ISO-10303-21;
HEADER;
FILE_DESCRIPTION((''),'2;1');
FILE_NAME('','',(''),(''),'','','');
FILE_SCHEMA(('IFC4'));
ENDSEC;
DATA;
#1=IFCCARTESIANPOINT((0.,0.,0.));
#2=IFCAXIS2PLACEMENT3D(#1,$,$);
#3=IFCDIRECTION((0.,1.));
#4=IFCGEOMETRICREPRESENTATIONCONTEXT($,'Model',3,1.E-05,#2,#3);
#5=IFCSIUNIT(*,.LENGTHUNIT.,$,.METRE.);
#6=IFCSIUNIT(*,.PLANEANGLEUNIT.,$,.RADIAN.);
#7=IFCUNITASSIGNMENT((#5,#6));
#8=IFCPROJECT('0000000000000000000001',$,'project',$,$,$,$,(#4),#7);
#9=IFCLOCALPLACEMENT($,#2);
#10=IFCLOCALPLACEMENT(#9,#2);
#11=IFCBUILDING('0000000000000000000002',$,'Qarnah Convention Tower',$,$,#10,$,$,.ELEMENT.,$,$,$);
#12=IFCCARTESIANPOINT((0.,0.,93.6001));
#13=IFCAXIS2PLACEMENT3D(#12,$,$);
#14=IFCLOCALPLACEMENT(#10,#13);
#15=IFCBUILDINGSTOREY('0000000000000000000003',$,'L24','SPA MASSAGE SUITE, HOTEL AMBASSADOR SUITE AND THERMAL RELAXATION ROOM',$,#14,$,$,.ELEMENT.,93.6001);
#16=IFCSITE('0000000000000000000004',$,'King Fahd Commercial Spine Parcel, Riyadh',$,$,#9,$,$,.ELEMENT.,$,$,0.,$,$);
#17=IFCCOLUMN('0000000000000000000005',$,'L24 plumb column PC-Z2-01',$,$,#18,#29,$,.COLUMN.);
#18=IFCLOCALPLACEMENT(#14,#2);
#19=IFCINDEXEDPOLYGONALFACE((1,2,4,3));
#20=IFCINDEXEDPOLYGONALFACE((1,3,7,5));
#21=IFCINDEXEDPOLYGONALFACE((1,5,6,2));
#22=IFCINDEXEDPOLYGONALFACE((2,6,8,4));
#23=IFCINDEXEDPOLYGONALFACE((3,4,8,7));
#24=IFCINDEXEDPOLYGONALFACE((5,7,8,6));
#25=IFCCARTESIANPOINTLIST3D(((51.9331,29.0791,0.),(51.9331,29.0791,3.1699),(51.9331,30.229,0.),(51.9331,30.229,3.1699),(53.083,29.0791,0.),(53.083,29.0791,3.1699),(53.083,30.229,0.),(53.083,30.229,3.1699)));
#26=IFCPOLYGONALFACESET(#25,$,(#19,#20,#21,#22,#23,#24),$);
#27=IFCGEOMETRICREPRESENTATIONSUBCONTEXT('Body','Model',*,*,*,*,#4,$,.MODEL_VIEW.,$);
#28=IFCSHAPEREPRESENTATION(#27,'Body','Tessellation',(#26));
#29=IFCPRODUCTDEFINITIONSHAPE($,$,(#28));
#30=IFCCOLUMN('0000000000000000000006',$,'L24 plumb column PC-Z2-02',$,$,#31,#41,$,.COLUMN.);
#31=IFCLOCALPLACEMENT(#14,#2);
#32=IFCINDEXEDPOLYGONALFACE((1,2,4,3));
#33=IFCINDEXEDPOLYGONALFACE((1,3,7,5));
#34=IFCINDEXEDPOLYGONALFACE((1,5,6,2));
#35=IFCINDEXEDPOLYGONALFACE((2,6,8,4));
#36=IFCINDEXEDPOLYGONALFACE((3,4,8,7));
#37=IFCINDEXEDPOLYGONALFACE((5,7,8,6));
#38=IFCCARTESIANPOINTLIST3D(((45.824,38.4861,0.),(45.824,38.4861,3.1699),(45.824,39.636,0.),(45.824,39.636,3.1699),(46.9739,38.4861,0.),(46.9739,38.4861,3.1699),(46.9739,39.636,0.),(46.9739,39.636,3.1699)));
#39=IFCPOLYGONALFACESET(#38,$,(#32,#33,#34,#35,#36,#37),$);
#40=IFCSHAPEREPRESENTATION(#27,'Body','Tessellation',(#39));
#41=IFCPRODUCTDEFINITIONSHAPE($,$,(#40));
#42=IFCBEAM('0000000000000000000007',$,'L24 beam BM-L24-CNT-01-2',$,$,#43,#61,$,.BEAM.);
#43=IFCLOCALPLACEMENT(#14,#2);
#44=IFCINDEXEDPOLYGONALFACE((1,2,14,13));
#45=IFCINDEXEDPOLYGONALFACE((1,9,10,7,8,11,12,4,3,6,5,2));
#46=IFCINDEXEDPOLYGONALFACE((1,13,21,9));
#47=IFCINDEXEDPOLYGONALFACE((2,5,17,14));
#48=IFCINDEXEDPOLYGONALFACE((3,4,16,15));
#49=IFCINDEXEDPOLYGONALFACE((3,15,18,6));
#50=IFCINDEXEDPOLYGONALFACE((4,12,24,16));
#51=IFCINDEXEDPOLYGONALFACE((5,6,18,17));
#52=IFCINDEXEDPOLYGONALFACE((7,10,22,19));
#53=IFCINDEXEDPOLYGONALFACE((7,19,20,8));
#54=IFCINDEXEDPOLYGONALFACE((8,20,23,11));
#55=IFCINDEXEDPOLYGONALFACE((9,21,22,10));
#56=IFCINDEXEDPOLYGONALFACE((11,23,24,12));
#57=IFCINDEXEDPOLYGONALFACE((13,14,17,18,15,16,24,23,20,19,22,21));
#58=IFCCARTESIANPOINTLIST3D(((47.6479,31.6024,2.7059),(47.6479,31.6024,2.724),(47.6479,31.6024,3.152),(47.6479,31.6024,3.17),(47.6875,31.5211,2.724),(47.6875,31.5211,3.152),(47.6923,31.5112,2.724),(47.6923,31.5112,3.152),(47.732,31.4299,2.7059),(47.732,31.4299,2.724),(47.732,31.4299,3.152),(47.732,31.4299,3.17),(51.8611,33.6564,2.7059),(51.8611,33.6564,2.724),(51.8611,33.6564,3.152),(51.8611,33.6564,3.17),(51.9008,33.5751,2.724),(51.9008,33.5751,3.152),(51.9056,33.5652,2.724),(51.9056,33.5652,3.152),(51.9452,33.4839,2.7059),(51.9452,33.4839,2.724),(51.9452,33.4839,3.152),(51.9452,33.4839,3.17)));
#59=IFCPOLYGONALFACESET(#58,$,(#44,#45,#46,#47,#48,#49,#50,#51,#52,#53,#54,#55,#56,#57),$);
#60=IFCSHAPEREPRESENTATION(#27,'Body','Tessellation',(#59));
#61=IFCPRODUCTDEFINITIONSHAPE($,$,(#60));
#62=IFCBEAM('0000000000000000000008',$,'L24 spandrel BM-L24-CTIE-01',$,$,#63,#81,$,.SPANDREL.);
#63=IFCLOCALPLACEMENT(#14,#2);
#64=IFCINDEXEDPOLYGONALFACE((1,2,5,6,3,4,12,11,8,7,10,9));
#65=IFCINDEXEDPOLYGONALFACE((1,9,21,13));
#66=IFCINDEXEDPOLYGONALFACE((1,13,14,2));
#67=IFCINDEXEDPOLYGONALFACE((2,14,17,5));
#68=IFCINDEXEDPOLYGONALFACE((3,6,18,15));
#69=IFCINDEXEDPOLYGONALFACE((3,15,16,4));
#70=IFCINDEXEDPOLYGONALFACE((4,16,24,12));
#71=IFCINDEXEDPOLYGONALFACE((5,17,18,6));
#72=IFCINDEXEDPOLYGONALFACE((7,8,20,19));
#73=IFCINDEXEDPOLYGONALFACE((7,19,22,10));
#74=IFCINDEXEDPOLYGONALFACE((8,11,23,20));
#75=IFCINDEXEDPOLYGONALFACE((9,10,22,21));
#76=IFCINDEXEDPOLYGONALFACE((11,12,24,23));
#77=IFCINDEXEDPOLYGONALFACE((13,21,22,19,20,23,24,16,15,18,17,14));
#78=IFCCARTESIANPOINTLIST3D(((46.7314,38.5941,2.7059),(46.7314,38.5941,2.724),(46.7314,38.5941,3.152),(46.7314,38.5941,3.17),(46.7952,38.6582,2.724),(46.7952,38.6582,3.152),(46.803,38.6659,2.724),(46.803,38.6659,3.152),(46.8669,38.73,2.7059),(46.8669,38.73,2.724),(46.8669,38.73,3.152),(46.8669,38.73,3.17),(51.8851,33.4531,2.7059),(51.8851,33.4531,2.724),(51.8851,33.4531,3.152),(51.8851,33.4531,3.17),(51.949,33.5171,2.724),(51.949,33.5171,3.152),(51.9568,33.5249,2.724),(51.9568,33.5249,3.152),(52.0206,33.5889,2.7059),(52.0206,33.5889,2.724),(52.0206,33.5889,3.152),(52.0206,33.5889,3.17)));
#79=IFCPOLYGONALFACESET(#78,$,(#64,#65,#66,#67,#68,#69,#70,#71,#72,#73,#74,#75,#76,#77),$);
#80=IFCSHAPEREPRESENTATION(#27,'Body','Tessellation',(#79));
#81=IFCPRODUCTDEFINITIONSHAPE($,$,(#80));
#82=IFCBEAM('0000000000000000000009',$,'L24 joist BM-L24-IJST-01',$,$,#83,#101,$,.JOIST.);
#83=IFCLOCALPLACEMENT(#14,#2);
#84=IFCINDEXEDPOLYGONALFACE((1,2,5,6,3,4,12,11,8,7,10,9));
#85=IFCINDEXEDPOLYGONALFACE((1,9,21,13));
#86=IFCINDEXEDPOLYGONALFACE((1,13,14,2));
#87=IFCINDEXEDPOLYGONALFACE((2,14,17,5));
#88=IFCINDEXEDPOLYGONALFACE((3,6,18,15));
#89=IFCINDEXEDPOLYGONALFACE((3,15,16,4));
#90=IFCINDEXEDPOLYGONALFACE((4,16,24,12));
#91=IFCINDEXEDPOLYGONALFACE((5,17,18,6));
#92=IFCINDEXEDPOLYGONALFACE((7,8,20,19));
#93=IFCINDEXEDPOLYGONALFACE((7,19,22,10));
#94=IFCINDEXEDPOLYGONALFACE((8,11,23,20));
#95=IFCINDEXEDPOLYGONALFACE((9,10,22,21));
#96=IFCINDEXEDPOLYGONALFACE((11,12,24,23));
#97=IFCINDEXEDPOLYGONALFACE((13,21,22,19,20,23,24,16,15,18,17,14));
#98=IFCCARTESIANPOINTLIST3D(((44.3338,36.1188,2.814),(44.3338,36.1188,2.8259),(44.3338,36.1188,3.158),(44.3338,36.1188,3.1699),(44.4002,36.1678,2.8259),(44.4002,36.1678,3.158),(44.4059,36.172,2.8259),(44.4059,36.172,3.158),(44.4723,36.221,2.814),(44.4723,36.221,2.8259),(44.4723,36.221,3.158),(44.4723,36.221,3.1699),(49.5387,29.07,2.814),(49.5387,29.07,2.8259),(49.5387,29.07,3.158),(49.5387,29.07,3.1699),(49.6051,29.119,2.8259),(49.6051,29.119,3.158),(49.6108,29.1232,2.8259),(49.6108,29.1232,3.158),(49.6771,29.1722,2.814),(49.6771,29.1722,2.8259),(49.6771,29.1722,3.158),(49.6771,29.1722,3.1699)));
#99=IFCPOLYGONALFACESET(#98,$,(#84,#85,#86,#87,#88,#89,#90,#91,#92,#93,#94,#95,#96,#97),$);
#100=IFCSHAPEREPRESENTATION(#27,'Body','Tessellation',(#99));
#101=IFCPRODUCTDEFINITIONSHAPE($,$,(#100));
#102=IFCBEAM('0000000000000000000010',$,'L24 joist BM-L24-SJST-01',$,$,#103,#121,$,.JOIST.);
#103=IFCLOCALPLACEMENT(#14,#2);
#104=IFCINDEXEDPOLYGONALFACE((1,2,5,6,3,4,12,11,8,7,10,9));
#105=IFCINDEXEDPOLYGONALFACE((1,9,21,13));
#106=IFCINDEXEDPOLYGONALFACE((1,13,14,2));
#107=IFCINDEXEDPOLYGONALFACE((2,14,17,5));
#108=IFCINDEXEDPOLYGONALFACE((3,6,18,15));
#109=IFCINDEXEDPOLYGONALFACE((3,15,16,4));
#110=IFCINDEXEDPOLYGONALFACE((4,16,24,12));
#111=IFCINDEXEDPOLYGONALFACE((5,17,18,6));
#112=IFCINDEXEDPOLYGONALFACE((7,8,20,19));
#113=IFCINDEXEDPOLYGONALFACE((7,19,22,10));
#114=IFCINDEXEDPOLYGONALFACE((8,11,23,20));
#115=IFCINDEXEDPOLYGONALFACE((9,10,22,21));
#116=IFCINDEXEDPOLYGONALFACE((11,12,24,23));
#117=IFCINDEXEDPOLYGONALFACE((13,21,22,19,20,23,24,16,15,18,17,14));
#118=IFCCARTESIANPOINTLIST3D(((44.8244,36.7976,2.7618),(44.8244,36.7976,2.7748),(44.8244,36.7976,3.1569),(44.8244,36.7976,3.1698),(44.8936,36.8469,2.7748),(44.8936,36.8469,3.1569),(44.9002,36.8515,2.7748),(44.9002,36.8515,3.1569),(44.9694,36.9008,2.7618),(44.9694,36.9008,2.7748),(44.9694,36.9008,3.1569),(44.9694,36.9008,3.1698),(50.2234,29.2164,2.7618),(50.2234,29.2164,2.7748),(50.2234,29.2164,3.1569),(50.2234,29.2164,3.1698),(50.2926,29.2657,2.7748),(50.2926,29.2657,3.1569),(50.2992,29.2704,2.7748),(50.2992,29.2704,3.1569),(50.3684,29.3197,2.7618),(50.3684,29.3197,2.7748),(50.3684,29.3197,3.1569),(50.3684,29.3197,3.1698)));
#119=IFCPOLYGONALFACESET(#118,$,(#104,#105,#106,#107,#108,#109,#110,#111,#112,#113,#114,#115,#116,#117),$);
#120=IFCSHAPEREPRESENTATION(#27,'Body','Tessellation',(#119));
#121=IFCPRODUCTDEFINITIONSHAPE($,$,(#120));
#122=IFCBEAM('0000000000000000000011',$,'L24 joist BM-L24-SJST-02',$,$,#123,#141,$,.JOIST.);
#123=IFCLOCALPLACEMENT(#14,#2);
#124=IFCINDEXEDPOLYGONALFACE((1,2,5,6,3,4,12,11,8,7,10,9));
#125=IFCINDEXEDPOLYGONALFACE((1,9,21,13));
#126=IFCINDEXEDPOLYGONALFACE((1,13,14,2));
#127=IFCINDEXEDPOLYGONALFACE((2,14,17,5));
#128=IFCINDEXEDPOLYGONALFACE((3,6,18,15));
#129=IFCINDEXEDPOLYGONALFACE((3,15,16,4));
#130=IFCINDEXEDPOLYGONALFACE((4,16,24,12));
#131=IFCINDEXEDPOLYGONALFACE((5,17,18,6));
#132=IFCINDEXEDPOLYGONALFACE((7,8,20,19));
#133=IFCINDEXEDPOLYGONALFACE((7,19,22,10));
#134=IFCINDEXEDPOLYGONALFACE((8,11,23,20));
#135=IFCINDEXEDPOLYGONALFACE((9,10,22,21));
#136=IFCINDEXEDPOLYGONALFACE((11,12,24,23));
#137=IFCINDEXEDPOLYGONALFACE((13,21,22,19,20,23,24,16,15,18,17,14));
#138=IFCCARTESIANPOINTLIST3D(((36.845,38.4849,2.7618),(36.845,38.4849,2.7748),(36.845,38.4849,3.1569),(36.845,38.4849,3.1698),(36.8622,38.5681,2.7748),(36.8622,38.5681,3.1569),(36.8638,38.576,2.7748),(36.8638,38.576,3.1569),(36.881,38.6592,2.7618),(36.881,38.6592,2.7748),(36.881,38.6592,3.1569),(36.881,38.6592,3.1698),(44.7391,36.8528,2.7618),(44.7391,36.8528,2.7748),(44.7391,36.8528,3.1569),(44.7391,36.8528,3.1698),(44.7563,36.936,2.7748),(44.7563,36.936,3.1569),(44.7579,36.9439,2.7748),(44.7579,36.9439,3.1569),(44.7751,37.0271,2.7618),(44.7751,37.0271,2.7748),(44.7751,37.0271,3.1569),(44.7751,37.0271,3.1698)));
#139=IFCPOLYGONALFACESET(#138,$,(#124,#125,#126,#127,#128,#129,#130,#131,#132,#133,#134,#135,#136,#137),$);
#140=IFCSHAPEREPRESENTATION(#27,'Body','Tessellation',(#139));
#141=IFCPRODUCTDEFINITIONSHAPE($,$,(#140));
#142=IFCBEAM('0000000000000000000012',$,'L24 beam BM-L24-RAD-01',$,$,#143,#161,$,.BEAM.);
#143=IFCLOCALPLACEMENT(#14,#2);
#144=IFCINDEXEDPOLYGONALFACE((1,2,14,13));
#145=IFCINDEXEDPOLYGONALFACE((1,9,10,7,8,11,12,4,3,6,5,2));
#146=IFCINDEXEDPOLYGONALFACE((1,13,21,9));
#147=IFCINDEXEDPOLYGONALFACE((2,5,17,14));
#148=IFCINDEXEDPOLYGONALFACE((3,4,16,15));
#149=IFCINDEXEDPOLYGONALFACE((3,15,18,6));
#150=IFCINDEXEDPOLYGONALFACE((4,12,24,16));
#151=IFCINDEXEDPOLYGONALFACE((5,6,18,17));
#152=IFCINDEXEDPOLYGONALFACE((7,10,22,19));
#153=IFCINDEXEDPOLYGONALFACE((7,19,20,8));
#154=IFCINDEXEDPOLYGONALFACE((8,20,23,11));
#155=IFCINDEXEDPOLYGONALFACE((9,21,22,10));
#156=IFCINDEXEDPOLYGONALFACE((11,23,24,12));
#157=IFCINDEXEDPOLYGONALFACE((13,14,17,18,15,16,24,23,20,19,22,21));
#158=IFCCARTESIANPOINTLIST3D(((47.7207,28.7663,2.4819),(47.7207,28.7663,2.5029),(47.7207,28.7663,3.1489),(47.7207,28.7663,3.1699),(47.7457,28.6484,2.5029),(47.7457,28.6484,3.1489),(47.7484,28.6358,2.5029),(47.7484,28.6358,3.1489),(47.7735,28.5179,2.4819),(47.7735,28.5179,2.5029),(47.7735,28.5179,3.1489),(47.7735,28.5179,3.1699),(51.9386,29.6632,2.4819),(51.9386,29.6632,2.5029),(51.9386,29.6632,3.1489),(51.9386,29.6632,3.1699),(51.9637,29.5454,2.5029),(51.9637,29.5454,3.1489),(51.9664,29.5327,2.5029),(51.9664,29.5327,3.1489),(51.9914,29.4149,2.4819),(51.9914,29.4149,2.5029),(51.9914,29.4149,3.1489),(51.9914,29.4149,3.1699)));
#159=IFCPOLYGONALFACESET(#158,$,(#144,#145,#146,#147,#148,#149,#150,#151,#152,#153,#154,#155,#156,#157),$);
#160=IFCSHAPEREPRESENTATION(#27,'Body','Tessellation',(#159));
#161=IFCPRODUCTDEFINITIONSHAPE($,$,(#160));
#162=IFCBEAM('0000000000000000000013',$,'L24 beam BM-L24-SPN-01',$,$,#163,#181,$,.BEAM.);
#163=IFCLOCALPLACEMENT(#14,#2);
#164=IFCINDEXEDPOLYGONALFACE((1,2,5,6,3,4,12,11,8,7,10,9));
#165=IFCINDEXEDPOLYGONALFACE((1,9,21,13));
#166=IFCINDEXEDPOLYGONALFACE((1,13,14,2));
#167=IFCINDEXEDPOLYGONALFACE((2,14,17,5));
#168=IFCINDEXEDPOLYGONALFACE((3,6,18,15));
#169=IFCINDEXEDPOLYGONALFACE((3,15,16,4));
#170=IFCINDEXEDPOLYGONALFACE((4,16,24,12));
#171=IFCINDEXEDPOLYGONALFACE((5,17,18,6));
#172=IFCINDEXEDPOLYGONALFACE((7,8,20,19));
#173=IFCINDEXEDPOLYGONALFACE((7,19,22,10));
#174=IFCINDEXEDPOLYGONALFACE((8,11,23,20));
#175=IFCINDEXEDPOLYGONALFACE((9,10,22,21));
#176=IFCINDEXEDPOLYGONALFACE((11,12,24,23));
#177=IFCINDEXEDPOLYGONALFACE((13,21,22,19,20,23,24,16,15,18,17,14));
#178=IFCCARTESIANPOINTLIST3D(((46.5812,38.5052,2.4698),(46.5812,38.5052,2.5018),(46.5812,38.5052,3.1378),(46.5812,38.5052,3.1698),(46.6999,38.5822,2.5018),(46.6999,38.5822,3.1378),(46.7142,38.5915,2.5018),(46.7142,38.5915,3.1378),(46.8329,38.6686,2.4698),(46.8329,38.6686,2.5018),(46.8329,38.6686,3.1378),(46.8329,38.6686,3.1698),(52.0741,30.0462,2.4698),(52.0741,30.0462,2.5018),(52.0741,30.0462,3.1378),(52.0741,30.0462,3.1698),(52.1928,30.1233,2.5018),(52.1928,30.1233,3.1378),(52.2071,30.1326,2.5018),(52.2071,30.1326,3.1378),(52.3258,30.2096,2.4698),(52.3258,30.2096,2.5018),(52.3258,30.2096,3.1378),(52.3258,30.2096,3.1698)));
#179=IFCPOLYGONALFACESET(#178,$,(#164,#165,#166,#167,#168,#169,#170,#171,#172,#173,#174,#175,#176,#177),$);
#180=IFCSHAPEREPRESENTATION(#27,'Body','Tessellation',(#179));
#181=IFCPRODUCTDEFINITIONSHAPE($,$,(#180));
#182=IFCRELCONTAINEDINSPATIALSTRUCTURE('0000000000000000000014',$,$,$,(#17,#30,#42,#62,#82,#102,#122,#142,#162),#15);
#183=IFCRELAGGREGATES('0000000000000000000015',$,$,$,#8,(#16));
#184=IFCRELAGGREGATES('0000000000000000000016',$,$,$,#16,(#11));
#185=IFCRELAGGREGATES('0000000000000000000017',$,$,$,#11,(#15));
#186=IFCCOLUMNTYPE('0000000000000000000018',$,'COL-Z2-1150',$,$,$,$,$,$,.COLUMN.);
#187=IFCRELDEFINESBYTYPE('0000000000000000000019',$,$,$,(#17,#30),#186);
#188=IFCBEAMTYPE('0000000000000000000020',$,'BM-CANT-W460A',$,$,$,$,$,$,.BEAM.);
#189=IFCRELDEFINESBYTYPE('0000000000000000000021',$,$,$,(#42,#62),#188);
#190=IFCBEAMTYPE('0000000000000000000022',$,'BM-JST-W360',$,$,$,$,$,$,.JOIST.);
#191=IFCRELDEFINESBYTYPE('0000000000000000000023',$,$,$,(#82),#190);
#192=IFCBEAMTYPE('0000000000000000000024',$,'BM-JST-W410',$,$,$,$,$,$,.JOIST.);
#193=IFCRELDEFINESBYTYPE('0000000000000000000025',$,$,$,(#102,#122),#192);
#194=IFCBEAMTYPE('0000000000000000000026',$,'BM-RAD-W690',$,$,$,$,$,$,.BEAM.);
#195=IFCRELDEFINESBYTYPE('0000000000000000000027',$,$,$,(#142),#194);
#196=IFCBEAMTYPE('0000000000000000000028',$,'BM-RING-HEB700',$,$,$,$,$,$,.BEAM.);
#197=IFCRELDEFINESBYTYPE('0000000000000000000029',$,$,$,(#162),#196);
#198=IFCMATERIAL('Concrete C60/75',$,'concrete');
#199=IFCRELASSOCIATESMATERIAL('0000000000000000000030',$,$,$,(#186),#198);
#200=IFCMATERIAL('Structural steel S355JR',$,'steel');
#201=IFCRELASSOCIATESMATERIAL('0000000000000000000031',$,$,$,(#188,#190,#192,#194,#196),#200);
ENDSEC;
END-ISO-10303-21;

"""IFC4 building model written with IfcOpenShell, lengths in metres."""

from ifc_helpers import new_model, si_unit, direction, frame, origin, origin_2d, place, context, subcontext, project, spatial, rectangle, i_section, extrude, material, material_profile, profile_set, type_object, element, save


model = new_model("IFC4")

# Units and contexts
model_context = context("Model", 3, precision=1e-05, world=origin(), true_north=direction((0.0, 1.0)))
body_context = subcontext(model_context, "Body", "Model", "MODEL_VIEW")
ifc_project = project(units=[si_unit("LENGTHUNIT", "METRE"), si_unit("PLANEANGLEUNIT", "RADIAN")], contexts=[model_context])

# Site, building, storey
site_placement = place(None, origin())
site = spatial("IfcSite", under=ifc_project, at=site_placement, Name="King Fahd Commercial Spine Parcel, Riyadh", CompositionType="ELEMENT", RefElevation=0.0)
building_placement = place(site_placement, origin())
building = spatial("IfcBuilding", under=site, at=building_placement, Name="Qarnah Convention Tower", CompositionType="ELEMENT")
storey_placement = place(building_placement, frame((0.0, 0.0, 93.6001)))
storey = spatial("IfcBuildingStorey", under=building, at=storey_placement, Name="L24", Description="SPA MASSAGE SUITE, HOTEL AMBASSADOR SUITE AND THERMAL RELAXATION ROOM", CompositionType="ELEMENT", Elevation=93.6001)

# Columns
ifc_material_1 = material(Name="Concrete C60/75", Category="concrete")
ifc_material_profile_1 = material_profile(ifc_material_1, rectangle(XDim=1.1499, YDim=1.1499, at=origin_2d()), Name="RC-COL-1150X1150")
ifc_profile_set_1 = profile_set([ifc_material_profile_1], Name="Concrete C60/75")
column_type = type_object("IfcColumnType", Name="COL-Z2-1150", PredefinedType="COLUMN", material=ifc_profile_set_1)
for number, where, z_axis, x_axis, name in (
    (1, (52.5081, 29.6541, 0.0), (0.0, 0.0, 1.0), (1.0, 0.0, 0.0), "L24 plumb column PC-Z2-01"),
    (2, (46.3989, 39.061, 0.0), (0.0, 0.0, 1.0), (1.0, 0.0, 0.0), "L24 plumb column PC-Z2-02"),
):
    element("IfcColumn", number, at=place(storey_placement, frame(where, z_axis=z_axis, x_axis=x_axis)), inside=storey, type_object=column_type, Name=name, PredefinedType="COLUMN", context=body_context, shape_type="SweptSolid", body=[
        extrude(rectangle(XDim=1.1499, YDim=1.1499, at=origin_2d()), origin(), (0.0, 0.0, 1.0), 3.1699),
    ])

# Beams
ifc_material_2 = material(Name="Structural steel S355JR", Category="steel")
ifc_material_profile_2 = material_profile(ifc_material_2, i_section(OverallWidth=0.1919, OverallDepth=0.4641, WebThickness=0.011, FlangeThickness=0.0181, at=origin_2d()), Name="W460X89")
ifc_profile_set_2 = profile_set([ifc_material_profile_2], Name="Structural steel S355JR")
beam_type_1 = type_object("IfcBeamType", Name="BM-CANT-W460A", PredefinedType="BEAM", material=ifc_profile_set_2)
beam_1_placement = place(storey_placement, frame((47.6899, 31.5161, 2.938), z_axis=(0.898872, 0.438211, 0.0), x_axis=(-0.438211, 0.898872, 0.0)))
element("IfcBeam", 3, at=beam_1_placement, inside=storey, type_object=beam_type_1, Name="L24 beam BM-L24-CNT-01-2", PredefinedType="BEAM", context=body_context, shape_type="SweptSolid", body=[
    extrude(i_section(OverallWidth=0.1919, OverallDepth=0.4641, WebThickness=0.011, FlangeThickness=0.0181, at=origin_2d()), origin(), (0.0, 0.0, 1.0), 4.6873),
])
beam_2_placement = place(storey_placement, frame((51.9529, 33.521, 2.938), z_axis=(-0.707978, 0.706234, 0.0), x_axis=(-0.706234, -0.707978, 0.0)))
element("IfcBeam", 4, at=beam_2_placement, inside=storey, type_object=beam_type_1, Name="L24 spandrel BM-L24-CTIE-01", PredefinedType="SPANDREL", context=body_context, shape_type="SweptSolid", body=[
    extrude(i_section(OverallWidth=0.1919, OverallDepth=0.4641, WebThickness=0.011, FlangeThickness=0.0181, at=origin_2d()), origin(), (0.0, 0.0, 1.0), 7.2795),
])
ifc_material_profile_3 = material_profile(ifc_material_2, i_section(OverallWidth=0.1721, OverallDepth=0.356, WebThickness=0.0071, FlangeThickness=0.012, at=origin_2d()), Name="W360X51")
ifc_profile_set_3 = profile_set([ifc_material_profile_3], Name="Structural steel S355JR")
beam_type_2 = type_object("IfcBeamType", Name="BM-JST-W360", PredefinedType="JOIST", material=ifc_profile_set_3)
beam_3_placement = place(storey_placement, frame((49.6079, 29.1211, 2.9919), z_axis=(-0.594009, 0.804458, 0.0), x_axis=(-0.804458, -0.594009, 0.0)))
element("IfcBeam", 5, at=beam_3_placement, inside=storey, type_object=beam_type_2, Name="L24 joist BM-L24-IJST-01", PredefinedType="JOIST", context=body_context, shape_type="SweptSolid", body=[
    extrude(i_section(OverallWidth=0.1721, OverallDepth=0.356, WebThickness=0.0071, FlangeThickness=0.012, at=origin_2d()), origin(), (0.0, 0.0, 1.0), 8.7622),
])
ifc_material_profile_4 = material_profile(ifc_material_2, i_section(OverallWidth=0.178, OverallDepth=0.408, WebThickness=0.0081, FlangeThickness=0.0129, at=origin_2d()), Name="W410X60")
ifc_profile_set_4 = profile_set([ifc_material_profile_4], Name="Structural steel S355JR")
beam_type_3 = type_object("IfcBeamType", Name="BM-JST-W410", PredefinedType="JOIST", material=ifc_profile_set_4)
beam_4_placement = place(storey_placement, frame((50.2959, 29.2681, 2.9658), z_axis=(-0.580091, 0.814552, 0.0), x_axis=(-0.814552, -0.580091, 0.0)))
element("IfcBeam", 6, at=beam_4_placement, inside=storey, type_object=beam_type_3, Name="L24 joist BM-L24-SJST-01", PredefinedType="JOIST", context=body_context, shape_type="SweptSolid", body=[
    extrude(i_section(OverallWidth=0.178, OverallDepth=0.408, WebThickness=0.0081, FlangeThickness=0.0129, at=origin_2d()), origin(), (0.0, 0.0, 1.0), 9.3071),
])
beam_5_placement = place(storey_placement, frame((44.7571, 36.9399, 2.9658), z_axis=(-0.979289, 0.202466, 0.0), x_axis=(-0.202466, -0.979289, 0.0)))
element("IfcBeam", 7, at=beam_5_placement, inside=storey, type_object=beam_type_3, Name="L24 joist BM-L24-SJST-02", PredefinedType="JOIST", context=body_context, shape_type="SweptSolid", body=[
    extrude(i_section(OverallWidth=0.178, OverallDepth=0.408, WebThickness=0.0081, FlangeThickness=0.0129, at=origin_2d()), origin(), (0.0, 0.0, 1.0), 8.061),
])
ifc_material_profile_5 = material_profile(ifc_material_2, i_section(OverallWidth=0.2539, OverallDepth=0.688, WebThickness=0.0129, FlangeThickness=0.021, at=origin_2d()), Name="W690X152")
ifc_profile_set_5 = profile_set([ifc_material_profile_5], Name="Structural steel S355JR")
beam_type_4 = type_object("IfcBeamType", Name="BM-RAD-W690", PredefinedType="BEAM", material=ifc_profile_set_5)
beam_6_placement = place(storey_placement, frame((47.7471, 28.6421, 2.8259), z_axis=(0.978128, 0.208002, 0.0), x_axis=(-0.208002, 0.978128, 0.0)))
element("IfcBeam", 8, at=beam_6_placement, inside=storey, type_object=beam_type_4, Name="L24 beam BM-L24-RAD-01", PredefinedType="BEAM", context=body_context, shape_type="SweptSolid", body=[
    extrude(i_section(OverallWidth=0.2539, OverallDepth=0.688, WebThickness=0.0129, FlangeThickness=0.021, at=origin_2d()), origin(), (0.0, 0.0, 1.0), 4.3123),
])
ifc_material_profile_6 = material_profile(ifc_material_2, i_section(OverallWidth=0.3, OverallDepth=0.7, WebThickness=0.0171, FlangeThickness=0.032, at=origin_2d()), Name="HEB700")
ifc_profile_set_6 = profile_set([ifc_material_profile_6], Name="Structural steel S355JR")
beam_type_5 = type_object("IfcBeamType", Name="BM-RING-HEB700", PredefinedType="BEAM", material=ifc_profile_set_6)
beam_7_placement = place(storey_placement, frame((52.2, 30.1279, 2.8198), z_axis=(-0.544611, 0.838689, 0.0), x_axis=(-0.838689, -0.544611, 0.0)))
element("IfcBeam", 9, at=beam_7_placement, inside=storey, type_object=beam_type_5, Name="L24 beam BM-L24-SPN-01", PredefinedType="BEAM", context=body_context, shape_type="SweptSolid", body=[
    extrude(i_section(OverallWidth=0.3, OverallDepth=0.7, WebThickness=0.0171, FlangeThickness=0.032, at=origin_2d()), origin(), (0.0, 0.0, 1.0), 10.0859),
])

save(model, "model.ifc")
